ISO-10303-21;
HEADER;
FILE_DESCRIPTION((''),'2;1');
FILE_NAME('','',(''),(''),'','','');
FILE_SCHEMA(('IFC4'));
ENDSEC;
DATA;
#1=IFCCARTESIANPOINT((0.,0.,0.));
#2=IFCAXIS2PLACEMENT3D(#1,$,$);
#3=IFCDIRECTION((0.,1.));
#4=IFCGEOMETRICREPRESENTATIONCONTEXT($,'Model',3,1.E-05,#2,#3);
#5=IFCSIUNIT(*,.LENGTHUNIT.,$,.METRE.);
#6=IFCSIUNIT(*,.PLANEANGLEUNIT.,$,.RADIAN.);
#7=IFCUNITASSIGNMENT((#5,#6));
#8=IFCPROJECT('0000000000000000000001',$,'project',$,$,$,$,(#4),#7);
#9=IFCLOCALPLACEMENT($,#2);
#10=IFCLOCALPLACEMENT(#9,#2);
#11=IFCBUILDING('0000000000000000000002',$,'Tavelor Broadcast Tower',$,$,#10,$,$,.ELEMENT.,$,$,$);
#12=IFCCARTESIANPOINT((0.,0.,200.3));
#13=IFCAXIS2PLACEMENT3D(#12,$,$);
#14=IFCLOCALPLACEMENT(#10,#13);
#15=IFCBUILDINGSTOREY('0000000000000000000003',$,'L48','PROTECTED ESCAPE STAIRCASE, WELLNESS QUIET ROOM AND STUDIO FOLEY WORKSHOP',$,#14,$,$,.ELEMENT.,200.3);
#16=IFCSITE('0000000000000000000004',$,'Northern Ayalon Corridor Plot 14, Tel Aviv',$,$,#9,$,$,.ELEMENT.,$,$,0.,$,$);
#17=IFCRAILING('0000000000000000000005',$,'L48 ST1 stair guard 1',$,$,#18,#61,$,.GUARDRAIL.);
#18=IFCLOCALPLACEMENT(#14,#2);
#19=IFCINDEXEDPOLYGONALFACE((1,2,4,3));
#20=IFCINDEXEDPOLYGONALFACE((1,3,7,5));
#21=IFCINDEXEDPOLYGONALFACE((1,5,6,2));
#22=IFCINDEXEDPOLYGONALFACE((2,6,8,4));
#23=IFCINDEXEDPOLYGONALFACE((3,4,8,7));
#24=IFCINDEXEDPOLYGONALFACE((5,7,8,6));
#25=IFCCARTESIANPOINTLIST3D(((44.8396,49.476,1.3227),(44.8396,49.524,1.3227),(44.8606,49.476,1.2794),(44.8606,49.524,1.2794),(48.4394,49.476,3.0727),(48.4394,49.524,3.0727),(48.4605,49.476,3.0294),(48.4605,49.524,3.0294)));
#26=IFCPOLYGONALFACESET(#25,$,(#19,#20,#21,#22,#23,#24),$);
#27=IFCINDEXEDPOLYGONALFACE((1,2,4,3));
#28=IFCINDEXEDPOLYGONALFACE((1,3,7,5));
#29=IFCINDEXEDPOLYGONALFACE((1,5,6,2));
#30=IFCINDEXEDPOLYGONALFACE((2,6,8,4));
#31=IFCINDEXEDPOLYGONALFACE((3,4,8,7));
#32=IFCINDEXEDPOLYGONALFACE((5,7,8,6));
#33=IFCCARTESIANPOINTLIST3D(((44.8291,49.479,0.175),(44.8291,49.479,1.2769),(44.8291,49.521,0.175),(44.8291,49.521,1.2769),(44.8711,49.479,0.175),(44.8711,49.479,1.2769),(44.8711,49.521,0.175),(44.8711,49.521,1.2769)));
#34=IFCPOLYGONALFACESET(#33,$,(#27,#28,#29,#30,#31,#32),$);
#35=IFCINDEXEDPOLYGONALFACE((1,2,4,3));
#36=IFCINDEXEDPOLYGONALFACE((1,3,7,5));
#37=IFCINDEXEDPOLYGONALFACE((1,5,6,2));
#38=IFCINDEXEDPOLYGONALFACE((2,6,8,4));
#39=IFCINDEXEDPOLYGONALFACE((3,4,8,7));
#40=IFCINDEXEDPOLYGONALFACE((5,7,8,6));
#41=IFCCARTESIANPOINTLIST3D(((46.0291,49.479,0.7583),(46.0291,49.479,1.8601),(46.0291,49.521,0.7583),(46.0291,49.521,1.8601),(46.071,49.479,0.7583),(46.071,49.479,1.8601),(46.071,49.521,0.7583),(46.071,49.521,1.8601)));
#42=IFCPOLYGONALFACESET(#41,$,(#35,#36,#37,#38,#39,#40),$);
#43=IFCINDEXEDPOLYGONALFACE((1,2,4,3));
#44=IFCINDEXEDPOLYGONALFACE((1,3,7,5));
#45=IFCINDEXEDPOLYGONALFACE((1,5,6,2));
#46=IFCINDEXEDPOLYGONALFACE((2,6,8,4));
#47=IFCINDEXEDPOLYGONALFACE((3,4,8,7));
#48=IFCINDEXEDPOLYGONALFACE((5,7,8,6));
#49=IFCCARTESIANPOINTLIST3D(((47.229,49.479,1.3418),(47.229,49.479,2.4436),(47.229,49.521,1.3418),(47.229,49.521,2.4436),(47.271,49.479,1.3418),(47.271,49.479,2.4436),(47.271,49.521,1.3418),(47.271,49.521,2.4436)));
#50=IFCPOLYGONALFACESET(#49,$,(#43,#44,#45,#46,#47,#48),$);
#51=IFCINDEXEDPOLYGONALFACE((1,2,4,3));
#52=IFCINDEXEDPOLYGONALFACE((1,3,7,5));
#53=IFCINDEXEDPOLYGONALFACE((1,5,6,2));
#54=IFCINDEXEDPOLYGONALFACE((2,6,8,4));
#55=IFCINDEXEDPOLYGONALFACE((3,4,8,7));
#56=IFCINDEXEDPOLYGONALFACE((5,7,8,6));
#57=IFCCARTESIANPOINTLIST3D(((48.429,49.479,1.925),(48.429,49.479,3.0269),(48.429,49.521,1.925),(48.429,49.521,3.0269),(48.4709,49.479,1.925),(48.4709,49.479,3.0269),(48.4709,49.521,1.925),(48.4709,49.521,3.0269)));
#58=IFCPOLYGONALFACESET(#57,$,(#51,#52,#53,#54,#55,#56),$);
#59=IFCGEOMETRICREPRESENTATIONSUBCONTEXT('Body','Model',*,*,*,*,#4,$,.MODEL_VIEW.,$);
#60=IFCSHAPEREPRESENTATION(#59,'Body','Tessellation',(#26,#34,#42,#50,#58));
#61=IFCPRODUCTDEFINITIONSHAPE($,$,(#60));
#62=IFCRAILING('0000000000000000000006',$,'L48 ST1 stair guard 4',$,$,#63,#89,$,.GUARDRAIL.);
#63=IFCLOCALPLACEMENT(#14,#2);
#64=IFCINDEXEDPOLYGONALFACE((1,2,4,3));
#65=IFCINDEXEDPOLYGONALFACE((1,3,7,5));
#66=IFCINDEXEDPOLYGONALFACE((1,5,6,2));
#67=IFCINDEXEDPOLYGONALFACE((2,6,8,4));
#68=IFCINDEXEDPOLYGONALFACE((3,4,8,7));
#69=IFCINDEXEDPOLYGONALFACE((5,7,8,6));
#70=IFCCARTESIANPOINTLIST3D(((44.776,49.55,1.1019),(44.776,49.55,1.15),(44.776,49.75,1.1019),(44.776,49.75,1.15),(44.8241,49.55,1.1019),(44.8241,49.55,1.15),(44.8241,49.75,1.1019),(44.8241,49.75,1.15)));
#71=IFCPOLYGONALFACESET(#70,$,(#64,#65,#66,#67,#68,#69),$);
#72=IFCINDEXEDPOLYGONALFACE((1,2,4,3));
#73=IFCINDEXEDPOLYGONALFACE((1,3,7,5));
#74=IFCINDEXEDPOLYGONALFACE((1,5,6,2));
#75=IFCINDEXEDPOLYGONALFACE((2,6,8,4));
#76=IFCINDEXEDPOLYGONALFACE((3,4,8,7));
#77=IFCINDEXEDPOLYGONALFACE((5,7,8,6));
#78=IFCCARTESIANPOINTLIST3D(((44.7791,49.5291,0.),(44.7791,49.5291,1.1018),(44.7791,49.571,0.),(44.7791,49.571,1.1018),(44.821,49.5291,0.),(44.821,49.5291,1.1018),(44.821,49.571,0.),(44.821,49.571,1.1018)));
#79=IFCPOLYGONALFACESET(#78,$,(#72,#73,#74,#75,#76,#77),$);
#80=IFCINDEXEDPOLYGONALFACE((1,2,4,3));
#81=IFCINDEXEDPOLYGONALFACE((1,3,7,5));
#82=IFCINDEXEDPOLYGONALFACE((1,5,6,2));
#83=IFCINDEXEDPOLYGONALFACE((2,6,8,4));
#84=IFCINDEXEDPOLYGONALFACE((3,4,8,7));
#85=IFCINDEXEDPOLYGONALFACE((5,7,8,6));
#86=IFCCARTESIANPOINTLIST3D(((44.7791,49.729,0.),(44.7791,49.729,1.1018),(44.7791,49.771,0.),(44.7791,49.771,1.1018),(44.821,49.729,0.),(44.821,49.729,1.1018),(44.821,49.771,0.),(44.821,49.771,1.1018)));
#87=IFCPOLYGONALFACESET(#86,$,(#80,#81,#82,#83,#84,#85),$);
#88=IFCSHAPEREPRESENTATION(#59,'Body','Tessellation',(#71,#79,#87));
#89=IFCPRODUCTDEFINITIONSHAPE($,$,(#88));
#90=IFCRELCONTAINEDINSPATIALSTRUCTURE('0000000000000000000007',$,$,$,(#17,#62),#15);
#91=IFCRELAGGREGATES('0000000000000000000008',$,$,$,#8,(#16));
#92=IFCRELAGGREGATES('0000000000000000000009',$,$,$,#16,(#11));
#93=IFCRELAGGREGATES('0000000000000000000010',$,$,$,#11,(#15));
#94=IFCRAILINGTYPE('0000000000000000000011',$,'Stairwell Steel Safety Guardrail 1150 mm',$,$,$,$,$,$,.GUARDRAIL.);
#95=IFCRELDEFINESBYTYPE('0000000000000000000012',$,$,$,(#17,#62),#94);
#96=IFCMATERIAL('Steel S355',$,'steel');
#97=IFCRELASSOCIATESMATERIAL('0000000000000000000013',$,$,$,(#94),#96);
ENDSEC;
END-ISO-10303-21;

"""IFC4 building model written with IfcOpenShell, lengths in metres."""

from ifc_helpers import new_model, si_unit, direction, frame, origin, origin_2d, place, context, subcontext, project, spatial, rectangle, extrude, material, type_object, element, save


model = new_model("IFC4")

# Units and contexts
model_context = context("Model", 3, precision=1e-05, world=origin(), true_north=direction((0.0, 1.0)))
body_context = subcontext(model_context, "Body", "Model", "MODEL_VIEW")
ifc_project = project(units=[si_unit("LENGTHUNIT", "METRE"), si_unit("PLANEANGLEUNIT", "RADIAN")], contexts=[model_context])

# Site, building, storey
site_placement = place(None, origin())
site = spatial("IfcSite", under=ifc_project, at=site_placement, Name="Northern Ayalon Corridor Plot 14, Tel Aviv", CompositionType="ELEMENT", RefElevation=0.0)
building_placement = place(site_placement, origin())
building = spatial("IfcBuilding", under=site, at=building_placement, Name="Tavelor Broadcast Tower", CompositionType="ELEMENT")
storey_placement = place(building_placement, frame((0.0, 0.0, 200.3)))
storey = spatial("IfcBuildingStorey", under=building, at=storey_placement, Name="L48", Description="PROTECTED ESCAPE STAIRCASE, WELLNESS QUIET ROOM AND STUDIO FOLEY WORKSHOP", CompositionType="ELEMENT", Elevation=200.3)

# Shared definitions
ifc_material_1 = material(Name="Steel S355", Category="steel")

# Railings
railing_type_1 = type_object("IfcRailingType", Name="Stairwell Steel Safety Guardrail 1150 mm", PredefinedType="GUARDRAIL", material=ifc_material_1)
railing_1_placement = place(storey_placement, frame((44.8501, 49.5, 0.175)))
element("IfcRailing", 1, at=railing_1_placement, inside=storey, type_object=railing_type_1, Name="L48 ST1 stair guard 1", PredefinedType="GUARDRAIL", context=body_context, shape_type="SweptSolid", body=[
    extrude(rectangle(XDim=0.0481, YDim=0.0481, at=origin_2d()), frame((0.0, 0.0, 1.126), z_axis=(0.899361, 0.0, 0.437207), x_axis=(0.0, 1.0, 0.0)), (0.0, 0.0, 1.0), 4.0027),
    extrude(rectangle(XDim=0.042, YDim=0.042, at=origin_2d()), origin(), (0.0, 0.0, 1.0), 1.1018),
    extrude(rectangle(XDim=0.042, YDim=0.042, at=origin_2d()), frame((1.2, 0.0, 0.5833)), (0.0, 0.0, 1.0), 1.1018),
    extrude(rectangle(XDim=0.042, YDim=0.042, at=origin_2d()), frame((2.3999, 0.0, 1.1667)), (0.0, 0.0, 1.0), 1.1018),
    extrude(rectangle(XDim=0.042, YDim=0.042, at=origin_2d()), frame((3.5999, 0.0, 1.75)), (0.0, 0.0, 1.0), 1.1018),
])
railing_2_placement = place(storey_placement, frame((44.8, 49.55, 0.0)))
element("IfcRailing", 2, at=railing_2_placement, inside=storey, type_object=railing_type_1, Name="L48 ST1 stair guard 4", PredefinedType="GUARDRAIL", context=body_context, shape_type="SweptSolid", body=[
    extrude(rectangle(XDim=0.0481, YDim=0.0481, at=origin_2d()), frame((0.0, 0.0, 1.126), z_axis=(0.0, 1.0, 0.0), x_axis=(-1.0, 0.0, 0.0)), (0.0, 0.0, 1.0), 0.2),
    extrude(rectangle(XDim=0.042, YDim=0.042, at=origin_2d()), origin(), (0.0, 0.0, 1.0), 1.1018),
    extrude(rectangle(XDim=0.042, YDim=0.042, at=origin_2d()), frame((0.0, 0.2, 0.0)), (0.0, 0.0, 1.0), 1.1018),
])

save(model, "model.ifc")
